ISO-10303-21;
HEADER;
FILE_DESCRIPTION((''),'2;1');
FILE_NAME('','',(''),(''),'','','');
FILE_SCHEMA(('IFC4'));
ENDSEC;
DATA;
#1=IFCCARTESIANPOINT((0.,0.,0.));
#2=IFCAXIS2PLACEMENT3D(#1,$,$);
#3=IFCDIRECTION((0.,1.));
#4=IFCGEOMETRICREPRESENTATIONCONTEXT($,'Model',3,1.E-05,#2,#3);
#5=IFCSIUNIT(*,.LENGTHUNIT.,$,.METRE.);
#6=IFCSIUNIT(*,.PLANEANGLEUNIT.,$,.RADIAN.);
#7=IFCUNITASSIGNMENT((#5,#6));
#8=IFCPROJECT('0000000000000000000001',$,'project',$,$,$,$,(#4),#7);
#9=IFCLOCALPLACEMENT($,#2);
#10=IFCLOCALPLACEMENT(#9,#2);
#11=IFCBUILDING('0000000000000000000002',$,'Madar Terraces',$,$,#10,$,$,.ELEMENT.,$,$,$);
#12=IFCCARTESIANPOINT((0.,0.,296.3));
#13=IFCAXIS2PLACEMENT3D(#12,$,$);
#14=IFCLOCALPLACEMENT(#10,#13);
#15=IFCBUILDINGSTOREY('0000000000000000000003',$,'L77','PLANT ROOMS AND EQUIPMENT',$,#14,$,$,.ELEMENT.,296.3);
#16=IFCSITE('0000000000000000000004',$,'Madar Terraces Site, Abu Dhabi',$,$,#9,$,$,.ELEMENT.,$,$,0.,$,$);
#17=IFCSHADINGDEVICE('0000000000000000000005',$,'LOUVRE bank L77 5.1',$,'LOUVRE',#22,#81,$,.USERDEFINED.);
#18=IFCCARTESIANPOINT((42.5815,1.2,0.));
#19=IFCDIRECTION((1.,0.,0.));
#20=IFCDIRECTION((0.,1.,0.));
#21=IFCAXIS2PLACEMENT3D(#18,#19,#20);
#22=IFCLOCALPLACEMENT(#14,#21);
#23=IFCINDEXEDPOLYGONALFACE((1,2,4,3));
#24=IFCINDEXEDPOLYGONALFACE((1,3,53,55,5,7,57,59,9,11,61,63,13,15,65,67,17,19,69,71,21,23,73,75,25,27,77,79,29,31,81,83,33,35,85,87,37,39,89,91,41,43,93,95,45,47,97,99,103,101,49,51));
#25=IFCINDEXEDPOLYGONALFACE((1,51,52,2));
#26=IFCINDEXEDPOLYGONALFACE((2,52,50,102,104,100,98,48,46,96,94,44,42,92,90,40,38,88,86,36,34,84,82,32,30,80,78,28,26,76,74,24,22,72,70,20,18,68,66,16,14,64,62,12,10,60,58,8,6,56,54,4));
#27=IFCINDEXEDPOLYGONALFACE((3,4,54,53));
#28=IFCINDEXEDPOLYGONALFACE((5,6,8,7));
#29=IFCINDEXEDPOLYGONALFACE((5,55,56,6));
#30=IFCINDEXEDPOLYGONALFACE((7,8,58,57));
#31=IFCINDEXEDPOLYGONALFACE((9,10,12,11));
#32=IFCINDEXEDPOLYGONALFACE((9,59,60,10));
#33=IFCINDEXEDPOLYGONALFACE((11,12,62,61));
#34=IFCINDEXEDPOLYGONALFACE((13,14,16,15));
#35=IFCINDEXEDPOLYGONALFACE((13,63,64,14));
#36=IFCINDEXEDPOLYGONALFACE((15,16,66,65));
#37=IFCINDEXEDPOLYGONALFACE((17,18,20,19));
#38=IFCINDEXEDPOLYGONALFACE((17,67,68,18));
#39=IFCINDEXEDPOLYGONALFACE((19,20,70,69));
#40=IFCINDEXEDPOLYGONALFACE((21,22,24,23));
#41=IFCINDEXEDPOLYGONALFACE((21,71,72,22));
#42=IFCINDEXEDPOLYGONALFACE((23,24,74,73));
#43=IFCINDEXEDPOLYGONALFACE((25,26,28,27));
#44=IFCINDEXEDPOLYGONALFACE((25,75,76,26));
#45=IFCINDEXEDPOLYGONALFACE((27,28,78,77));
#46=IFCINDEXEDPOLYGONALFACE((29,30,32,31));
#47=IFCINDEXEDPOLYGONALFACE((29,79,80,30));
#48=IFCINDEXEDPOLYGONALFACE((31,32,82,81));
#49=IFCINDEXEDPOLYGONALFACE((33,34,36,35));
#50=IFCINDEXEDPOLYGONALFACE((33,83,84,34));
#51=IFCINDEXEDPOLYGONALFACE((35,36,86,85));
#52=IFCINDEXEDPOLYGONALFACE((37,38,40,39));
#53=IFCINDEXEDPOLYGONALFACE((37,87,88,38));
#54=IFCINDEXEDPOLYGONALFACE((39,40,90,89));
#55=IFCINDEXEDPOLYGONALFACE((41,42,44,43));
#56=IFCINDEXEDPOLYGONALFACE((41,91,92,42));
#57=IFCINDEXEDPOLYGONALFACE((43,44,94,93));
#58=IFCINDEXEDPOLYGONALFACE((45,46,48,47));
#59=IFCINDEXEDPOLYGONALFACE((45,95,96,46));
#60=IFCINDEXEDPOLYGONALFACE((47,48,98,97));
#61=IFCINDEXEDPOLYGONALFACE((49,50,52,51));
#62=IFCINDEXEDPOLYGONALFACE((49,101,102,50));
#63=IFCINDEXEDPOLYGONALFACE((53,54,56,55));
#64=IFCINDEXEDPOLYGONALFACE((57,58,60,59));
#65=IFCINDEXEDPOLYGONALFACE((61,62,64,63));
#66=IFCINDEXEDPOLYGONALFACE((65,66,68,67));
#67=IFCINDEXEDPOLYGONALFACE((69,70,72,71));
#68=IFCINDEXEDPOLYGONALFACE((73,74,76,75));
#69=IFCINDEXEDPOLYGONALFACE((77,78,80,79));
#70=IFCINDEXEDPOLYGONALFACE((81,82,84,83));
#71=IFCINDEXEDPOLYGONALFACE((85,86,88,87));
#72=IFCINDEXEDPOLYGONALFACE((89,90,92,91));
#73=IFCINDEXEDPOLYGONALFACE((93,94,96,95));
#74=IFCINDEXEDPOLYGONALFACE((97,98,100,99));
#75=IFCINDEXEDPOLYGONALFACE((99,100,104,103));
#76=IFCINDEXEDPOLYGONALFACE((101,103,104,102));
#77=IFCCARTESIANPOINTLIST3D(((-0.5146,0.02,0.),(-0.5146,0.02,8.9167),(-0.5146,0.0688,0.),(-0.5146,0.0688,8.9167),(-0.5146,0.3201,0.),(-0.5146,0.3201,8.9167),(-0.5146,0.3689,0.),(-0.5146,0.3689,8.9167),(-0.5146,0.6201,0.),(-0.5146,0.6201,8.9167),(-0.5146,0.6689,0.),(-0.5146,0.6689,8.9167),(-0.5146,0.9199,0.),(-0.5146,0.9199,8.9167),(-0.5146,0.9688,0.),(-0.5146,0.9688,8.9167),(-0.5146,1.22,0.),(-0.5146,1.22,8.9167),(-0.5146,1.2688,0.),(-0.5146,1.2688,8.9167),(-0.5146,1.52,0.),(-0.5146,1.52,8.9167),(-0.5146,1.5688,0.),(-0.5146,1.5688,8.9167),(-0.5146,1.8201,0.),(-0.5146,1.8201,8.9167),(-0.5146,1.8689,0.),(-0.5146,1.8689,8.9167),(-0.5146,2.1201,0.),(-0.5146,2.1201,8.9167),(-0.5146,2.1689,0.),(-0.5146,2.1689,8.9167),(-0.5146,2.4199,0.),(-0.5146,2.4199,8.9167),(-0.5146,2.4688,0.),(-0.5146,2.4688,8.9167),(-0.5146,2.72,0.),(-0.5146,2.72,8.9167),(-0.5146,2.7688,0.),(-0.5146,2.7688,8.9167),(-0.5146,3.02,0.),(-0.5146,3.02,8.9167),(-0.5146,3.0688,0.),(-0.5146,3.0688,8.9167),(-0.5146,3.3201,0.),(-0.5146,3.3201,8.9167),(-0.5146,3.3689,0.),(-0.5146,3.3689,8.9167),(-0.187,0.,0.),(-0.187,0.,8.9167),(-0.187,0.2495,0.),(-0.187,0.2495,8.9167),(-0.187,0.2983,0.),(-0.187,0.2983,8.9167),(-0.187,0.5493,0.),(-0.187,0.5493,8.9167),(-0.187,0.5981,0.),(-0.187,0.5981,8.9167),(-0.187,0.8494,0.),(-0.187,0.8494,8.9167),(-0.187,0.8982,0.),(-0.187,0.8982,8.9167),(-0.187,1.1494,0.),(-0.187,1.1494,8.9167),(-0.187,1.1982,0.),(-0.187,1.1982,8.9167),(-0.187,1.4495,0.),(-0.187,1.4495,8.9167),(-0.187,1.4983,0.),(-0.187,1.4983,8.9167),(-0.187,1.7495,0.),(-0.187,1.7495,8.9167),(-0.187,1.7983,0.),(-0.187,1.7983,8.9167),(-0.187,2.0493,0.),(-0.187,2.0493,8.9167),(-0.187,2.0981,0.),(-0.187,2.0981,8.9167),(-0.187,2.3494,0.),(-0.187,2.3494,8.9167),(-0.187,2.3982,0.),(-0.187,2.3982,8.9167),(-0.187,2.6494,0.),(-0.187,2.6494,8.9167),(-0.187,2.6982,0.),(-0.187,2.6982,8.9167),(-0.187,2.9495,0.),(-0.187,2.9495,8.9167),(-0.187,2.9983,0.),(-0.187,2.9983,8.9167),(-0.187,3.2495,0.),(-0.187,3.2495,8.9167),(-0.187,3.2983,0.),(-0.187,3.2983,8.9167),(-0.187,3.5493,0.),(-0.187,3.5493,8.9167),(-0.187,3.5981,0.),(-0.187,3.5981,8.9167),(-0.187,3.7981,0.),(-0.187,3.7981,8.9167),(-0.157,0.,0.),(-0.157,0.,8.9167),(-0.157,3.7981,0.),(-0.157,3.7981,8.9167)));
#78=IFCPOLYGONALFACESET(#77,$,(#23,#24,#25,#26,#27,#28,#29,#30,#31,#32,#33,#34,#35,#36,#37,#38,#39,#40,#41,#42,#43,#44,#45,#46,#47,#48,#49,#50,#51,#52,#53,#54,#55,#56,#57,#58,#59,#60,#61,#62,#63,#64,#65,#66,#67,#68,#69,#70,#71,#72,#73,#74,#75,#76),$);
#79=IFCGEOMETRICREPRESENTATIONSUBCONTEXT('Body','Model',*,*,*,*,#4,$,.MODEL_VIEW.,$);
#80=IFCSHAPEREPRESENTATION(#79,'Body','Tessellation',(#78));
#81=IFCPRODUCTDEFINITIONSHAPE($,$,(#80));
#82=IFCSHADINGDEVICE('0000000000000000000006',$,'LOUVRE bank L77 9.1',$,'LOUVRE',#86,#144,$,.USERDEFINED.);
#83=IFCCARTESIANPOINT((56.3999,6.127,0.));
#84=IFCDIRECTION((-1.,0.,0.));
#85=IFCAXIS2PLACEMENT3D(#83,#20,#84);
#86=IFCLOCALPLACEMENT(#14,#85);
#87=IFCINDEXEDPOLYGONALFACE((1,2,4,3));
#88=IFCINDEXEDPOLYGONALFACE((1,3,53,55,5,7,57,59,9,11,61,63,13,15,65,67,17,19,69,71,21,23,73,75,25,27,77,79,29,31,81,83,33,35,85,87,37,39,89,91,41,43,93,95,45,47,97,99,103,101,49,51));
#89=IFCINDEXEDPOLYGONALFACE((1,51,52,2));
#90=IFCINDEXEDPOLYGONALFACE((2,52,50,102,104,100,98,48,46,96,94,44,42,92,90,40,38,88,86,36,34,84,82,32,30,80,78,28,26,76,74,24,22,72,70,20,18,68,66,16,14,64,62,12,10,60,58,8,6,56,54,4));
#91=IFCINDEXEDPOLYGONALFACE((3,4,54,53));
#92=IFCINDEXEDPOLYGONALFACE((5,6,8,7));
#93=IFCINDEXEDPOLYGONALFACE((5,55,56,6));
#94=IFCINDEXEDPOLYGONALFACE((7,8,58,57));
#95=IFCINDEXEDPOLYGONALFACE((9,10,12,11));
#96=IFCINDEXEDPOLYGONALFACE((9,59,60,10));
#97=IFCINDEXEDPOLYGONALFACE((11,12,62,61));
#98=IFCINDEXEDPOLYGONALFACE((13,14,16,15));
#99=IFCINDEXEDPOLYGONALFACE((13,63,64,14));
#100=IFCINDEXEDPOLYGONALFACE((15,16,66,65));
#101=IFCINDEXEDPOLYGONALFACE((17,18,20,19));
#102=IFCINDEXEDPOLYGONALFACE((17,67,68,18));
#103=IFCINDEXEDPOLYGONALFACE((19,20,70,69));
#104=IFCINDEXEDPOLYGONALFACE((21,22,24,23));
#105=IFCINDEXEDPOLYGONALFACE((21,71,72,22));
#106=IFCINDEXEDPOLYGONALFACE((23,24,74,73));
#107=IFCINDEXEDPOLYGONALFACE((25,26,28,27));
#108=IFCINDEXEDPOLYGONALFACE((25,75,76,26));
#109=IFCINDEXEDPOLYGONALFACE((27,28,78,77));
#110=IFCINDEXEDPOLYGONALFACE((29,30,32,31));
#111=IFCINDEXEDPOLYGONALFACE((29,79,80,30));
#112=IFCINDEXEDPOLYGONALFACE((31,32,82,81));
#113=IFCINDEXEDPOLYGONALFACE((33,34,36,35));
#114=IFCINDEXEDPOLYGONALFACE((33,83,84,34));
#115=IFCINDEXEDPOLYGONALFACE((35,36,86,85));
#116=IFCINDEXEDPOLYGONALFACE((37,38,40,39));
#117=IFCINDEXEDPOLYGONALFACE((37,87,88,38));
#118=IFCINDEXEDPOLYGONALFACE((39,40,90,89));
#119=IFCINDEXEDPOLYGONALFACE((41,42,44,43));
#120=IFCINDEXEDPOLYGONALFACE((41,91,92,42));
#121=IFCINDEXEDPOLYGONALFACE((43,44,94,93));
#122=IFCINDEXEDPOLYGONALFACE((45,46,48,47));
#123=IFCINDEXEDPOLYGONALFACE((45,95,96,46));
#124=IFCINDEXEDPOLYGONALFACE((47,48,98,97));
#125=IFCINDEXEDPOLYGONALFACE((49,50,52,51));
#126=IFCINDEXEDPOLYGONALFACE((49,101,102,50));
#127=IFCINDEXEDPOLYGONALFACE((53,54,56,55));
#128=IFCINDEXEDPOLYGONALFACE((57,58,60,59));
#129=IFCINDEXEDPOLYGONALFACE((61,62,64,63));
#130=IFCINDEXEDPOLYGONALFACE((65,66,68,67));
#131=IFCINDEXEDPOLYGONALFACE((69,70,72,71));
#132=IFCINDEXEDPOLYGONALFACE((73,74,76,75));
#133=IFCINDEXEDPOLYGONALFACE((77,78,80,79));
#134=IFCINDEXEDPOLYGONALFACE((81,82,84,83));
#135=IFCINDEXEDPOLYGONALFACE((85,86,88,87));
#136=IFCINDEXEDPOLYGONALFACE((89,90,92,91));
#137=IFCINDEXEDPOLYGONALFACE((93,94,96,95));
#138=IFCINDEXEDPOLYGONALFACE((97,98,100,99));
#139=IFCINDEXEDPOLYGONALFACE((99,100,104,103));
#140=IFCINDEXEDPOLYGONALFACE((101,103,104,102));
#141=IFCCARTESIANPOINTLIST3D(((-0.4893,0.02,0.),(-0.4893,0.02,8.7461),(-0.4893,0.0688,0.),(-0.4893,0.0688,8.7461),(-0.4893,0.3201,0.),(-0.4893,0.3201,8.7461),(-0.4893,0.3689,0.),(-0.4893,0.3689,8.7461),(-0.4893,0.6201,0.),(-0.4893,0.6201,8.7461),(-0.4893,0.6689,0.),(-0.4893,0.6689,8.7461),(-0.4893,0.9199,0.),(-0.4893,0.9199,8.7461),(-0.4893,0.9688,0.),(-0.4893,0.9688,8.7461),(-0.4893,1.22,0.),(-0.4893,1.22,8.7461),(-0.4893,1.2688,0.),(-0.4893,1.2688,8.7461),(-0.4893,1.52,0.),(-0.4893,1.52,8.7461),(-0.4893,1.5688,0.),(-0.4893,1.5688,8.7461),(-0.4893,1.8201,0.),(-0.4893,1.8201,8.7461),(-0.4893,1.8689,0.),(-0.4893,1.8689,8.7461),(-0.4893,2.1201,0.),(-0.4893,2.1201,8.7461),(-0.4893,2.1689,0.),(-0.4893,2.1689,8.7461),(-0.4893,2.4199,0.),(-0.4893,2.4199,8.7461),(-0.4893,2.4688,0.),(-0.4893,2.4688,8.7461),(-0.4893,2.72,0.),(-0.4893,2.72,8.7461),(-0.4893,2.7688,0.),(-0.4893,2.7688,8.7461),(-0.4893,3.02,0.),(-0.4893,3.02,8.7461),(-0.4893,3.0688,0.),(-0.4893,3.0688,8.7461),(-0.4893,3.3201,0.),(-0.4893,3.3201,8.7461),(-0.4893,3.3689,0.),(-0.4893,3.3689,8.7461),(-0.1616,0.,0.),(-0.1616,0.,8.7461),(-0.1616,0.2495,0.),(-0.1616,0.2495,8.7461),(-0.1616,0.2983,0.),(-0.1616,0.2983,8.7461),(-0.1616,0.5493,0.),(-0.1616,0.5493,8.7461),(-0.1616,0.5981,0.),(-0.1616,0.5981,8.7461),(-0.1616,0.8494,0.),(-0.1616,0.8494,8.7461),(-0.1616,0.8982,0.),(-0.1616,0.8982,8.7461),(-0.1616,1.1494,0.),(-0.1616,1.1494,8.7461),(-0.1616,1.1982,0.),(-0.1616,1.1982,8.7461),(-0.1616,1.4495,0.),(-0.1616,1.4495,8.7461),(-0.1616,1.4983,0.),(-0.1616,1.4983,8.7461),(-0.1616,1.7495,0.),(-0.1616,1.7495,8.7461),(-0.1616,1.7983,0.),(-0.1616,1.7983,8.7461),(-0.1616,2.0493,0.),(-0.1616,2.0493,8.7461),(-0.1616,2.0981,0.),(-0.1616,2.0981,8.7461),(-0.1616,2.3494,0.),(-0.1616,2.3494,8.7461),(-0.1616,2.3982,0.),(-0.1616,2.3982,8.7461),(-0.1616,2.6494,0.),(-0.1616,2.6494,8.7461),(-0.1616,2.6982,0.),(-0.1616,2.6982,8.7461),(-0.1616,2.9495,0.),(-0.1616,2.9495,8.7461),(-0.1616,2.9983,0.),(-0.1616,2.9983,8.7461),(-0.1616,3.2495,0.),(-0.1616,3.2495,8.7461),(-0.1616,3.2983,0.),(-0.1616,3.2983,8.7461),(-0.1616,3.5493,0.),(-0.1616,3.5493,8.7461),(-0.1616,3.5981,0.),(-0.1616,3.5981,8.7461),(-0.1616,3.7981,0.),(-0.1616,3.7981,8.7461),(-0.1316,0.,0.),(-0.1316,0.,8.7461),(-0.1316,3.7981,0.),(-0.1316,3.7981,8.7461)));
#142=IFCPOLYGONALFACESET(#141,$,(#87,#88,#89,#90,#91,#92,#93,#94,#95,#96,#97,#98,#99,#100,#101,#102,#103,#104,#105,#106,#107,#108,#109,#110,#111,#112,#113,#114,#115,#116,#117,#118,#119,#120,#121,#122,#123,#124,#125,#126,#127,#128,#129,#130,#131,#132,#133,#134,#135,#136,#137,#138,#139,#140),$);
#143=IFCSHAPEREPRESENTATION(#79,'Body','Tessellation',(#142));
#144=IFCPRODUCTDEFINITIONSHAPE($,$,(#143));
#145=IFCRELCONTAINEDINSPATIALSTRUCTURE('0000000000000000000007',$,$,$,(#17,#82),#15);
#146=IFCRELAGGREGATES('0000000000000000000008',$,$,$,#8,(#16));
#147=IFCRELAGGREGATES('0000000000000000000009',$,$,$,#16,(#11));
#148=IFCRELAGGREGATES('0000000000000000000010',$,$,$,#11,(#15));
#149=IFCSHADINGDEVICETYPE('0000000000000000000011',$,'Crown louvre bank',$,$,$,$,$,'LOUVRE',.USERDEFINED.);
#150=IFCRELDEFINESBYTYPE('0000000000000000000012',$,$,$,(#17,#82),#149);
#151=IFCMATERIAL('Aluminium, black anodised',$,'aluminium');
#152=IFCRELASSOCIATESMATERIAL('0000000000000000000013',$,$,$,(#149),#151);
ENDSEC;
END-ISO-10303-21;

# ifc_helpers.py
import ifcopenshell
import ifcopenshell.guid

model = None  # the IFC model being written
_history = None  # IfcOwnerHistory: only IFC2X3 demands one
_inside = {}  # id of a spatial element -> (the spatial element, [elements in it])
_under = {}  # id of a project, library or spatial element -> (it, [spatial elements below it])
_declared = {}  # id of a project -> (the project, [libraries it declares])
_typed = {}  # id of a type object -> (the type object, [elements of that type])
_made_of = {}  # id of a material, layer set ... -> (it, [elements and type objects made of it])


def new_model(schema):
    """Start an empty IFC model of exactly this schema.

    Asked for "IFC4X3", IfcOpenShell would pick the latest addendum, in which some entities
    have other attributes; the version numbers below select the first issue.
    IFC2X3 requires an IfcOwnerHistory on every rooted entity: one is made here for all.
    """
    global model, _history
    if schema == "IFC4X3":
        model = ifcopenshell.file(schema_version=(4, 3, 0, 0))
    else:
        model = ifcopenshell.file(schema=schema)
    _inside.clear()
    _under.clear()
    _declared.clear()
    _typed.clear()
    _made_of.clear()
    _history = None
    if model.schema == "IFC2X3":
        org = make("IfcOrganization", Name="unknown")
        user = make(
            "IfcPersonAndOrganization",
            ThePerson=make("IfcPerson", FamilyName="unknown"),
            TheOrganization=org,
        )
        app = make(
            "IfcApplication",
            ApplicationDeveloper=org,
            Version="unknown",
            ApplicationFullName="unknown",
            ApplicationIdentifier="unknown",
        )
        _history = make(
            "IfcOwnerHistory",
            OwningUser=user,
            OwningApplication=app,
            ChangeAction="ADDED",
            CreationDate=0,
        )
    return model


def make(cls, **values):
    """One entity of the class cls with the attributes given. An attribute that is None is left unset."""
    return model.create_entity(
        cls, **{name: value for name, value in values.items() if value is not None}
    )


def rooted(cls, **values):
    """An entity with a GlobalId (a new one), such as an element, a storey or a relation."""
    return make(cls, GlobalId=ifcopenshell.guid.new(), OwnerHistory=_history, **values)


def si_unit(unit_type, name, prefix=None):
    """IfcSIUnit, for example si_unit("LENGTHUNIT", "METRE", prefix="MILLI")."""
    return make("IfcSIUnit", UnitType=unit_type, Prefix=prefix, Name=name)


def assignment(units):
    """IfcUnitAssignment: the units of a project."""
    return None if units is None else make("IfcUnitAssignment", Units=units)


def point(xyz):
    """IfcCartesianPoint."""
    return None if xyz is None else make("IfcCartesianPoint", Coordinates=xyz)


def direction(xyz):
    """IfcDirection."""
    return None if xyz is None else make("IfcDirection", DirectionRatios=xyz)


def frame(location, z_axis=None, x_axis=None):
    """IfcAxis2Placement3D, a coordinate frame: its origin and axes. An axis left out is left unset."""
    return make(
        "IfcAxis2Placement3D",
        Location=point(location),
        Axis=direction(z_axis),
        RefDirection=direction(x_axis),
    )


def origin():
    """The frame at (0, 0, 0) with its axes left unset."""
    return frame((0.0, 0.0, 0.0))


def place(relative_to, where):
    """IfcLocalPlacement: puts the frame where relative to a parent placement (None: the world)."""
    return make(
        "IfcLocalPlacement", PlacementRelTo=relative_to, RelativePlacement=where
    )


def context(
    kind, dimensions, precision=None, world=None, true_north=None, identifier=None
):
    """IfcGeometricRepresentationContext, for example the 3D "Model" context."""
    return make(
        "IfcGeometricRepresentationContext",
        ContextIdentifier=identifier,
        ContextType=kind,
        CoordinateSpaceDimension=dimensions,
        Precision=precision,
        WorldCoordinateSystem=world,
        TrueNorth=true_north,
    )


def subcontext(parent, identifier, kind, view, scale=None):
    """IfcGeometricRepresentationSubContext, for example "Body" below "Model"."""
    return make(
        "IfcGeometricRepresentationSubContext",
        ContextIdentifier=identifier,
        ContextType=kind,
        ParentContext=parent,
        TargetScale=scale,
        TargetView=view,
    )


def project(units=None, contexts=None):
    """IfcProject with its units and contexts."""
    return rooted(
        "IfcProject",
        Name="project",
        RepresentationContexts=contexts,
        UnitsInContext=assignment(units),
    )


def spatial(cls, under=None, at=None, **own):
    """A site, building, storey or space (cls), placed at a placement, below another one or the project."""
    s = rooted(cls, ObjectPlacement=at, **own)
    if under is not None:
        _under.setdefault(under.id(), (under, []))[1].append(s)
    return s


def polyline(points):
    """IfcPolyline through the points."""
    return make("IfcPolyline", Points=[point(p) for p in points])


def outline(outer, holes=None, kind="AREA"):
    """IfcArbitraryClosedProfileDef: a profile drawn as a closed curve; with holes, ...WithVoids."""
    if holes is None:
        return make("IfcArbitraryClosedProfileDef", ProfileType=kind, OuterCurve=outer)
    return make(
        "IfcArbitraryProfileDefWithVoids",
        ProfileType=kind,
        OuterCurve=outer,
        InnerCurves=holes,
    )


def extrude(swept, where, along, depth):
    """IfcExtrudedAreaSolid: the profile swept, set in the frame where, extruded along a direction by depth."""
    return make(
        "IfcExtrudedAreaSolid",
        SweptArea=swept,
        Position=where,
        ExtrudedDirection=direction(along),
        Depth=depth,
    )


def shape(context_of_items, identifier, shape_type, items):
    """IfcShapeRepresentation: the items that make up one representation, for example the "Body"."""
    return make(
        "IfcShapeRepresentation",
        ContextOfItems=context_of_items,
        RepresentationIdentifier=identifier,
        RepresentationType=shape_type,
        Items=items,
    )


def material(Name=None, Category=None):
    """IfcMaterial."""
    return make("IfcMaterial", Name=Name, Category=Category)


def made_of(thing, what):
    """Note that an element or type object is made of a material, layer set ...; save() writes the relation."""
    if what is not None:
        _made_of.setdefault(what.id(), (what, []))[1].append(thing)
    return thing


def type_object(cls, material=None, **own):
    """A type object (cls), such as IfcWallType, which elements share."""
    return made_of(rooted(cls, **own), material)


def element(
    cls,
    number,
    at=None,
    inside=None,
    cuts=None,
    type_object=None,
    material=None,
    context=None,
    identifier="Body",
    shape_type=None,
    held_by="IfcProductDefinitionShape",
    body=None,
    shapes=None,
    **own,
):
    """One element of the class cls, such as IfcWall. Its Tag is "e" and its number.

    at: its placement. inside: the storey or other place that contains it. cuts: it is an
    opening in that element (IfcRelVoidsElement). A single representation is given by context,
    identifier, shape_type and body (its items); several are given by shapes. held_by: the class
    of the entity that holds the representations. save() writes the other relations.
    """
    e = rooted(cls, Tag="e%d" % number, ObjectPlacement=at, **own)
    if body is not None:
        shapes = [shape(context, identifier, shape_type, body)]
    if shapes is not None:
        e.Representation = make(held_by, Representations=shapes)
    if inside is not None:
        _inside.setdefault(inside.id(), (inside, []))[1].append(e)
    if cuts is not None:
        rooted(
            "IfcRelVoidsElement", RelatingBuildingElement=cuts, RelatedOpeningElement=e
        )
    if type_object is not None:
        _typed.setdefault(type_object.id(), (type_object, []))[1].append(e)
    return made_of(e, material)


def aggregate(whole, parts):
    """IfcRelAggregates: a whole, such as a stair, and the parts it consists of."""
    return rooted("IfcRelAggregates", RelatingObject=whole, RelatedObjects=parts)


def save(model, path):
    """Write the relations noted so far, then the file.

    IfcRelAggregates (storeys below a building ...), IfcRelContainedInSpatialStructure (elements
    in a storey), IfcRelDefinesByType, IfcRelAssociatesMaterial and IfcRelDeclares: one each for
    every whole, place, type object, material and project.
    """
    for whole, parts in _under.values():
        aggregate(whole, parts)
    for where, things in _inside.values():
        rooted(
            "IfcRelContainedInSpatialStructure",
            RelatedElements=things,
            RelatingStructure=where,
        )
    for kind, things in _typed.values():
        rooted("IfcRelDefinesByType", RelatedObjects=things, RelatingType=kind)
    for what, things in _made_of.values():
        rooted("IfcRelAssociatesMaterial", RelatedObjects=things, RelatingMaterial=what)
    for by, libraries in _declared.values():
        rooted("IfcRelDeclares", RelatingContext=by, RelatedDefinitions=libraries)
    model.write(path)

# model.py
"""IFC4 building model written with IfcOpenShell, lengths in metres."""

from ifc_helpers import new_model, si_unit, direction, frame, origin, place, context, subcontext, project, spatial, polyline, outline, extrude, material, type_object, element, save


model = new_model("IFC4")

# Units and contexts
model_context = context("Model", 3, precision=1e-05, world=origin(), true_north=direction((0.0, 1.0)))
body_context = subcontext(model_context, "Body", "Model", "MODEL_VIEW")
ifc_project = project(units=[si_unit("LENGTHUNIT", "METRE"), si_unit("PLANEANGLEUNIT", "RADIAN")], contexts=[model_context])

# Site, building, storey
site_placement = place(None, origin())
site = spatial("IfcSite", under=ifc_project, at=site_placement, Name="Madar Terraces Site, Abu Dhabi", CompositionType="ELEMENT", RefElevation=0.0)
building_placement = place(site_placement, origin())
building = spatial("IfcBuilding", under=site, at=building_placement, Name="Madar Terraces", CompositionType="ELEMENT")
storey_placement = place(building_placement, frame((0.0, 0.0, 296.3)))
storey = spatial("IfcBuildingStorey", under=building, at=storey_placement, Name="L77", Description="PLANT ROOMS AND EQUIPMENT", CompositionType="ELEMENT", Elevation=296.3)

# Shading devices
ifc_material_1 = material(Name="Aluminium, black anodised", Category="aluminium")
shading_device_type = type_object("IfcShadingDeviceType", Name="Crown louvre bank", ElementType="LOUVRE", PredefinedType="USERDEFINED", material=ifc_material_1)
shading_device_1_placement = place(storey_placement, frame((42.5815, 1.2, 0.0), z_axis=(1.0, 0.0, 0.0), x_axis=(0.0, 1.0, 0.0)))
element("IfcShadingDevice", 1, at=shading_device_1_placement, inside=storey, type_object=shading_device_type, Name="LOUVRE bank L77 5.1", ObjectType="LOUVRE", PredefinedType="USERDEFINED", context=body_context, shape_type="SweptSolid", body=[
    extrude(outline(polyline([(-0.157, 0.0), (-0.187, 0.0), (-0.187, 0.2495), (-0.5146, 0.02), (-0.5146, 0.0688), (-0.187, 0.2983), (-0.187, 0.5493), (-0.5146, 0.3201), (-0.5146, 0.3689), (-0.187, 0.5981), (-0.187, 0.8494), (-0.5146, 0.6201), (-0.5146, 0.6689), (-0.187, 0.8982), (-0.187, 1.1494), (-0.5146, 0.9199), (-0.5146, 0.9688), (-0.187, 1.1982), (-0.187, 1.4495), (-0.5146, 1.22), (-0.5146, 1.2688), (-0.187, 1.4983), (-0.187, 1.7495), (-0.5146, 1.52), (-0.5146, 1.5688), (-0.187, 1.7983), (-0.187, 2.0493), (-0.5146, 1.8201), (-0.5146, 1.8689), (-0.187, 2.0981), (-0.187, 2.3494), (-0.5146, 2.1201), (-0.5146, 2.1689), (-0.187, 2.3982), (-0.187, 2.6494), (-0.5146, 2.4199), (-0.5146, 2.4688), (-0.187, 2.6982), (-0.187, 2.9495), (-0.5146, 2.72), (-0.5146, 2.7688), (-0.187, 2.9983), (-0.187, 3.2495), (-0.5146, 3.02), (-0.5146, 3.0688), (-0.187, 3.2983), (-0.187, 3.5493), (-0.5146, 3.3201), (-0.5146, 3.3689), (-0.187, 3.5981), (-0.187, 3.7981), (-0.157, 3.7981), (-0.157, 0.0)])), origin(), (0.0, 0.0, 1.0), 8.9167),
])
shading_device_2_placement = place(storey_placement, frame((56.3999, 6.127, 0.0), z_axis=(0.0, 1.0, 0.0), x_axis=(-1.0, 0.0, 0.0)))
element("IfcShadingDevice", 2, at=shading_device_2_placement, inside=storey, type_object=shading_device_type, Name="LOUVRE bank L77 9.1", ObjectType="LOUVRE", PredefinedType="USERDEFINED", context=body_context, shape_type="SweptSolid", body=[
    extrude(outline(polyline([(-0.1316, 0.0), (-0.1616, 0.0), (-0.1616, 0.2495), (-0.4893, 0.02), (-0.4893, 0.0688), (-0.1616, 0.2983), (-0.1616, 0.5493), (-0.4893, 0.3201), (-0.4893, 0.3689), (-0.1616, 0.5981), (-0.1616, 0.8494), (-0.4893, 0.6201), (-0.4893, 0.6689), (-0.1616, 0.8982), (-0.1616, 1.1494), (-0.4893, 0.9199), (-0.4893, 0.9688), (-0.1616, 1.1982), (-0.1616, 1.4495), (-0.4893, 1.22), (-0.4893, 1.2688), (-0.1616, 1.4983), (-0.1616, 1.7495), (-0.4893, 1.52), (-0.4893, 1.5688), (-0.1616, 1.7983), (-0.1616, 2.0493), (-0.4893, 1.8201), (-0.4893, 1.8689), (-0.1616, 2.0981), (-0.1616, 2.3494), (-0.4893, 2.1201), (-0.4893, 2.1689), (-0.1616, 2.3982), (-0.1616, 2.6494), (-0.4893, 2.4199), (-0.4893, 2.4688), (-0.1616, 2.6982), (-0.1616, 2.9495), (-0.4893, 2.72), (-0.4893, 2.7688), (-0.1616, 2.9983), (-0.1616, 3.2495), (-0.4893, 3.02), (-0.4893, 3.0688), (-0.1616, 3.2983), (-0.1616, 3.5493), (-0.4893, 3.3201), (-0.4893, 3.3689), (-0.1616, 3.5981), (-0.1616, 3.7981), (-0.1316, 3.7981), (-0.1316, 0.0)])), origin(), (0.0, 0.0, 1.0), 8.7461),
])

save(model, "model.ifc")
